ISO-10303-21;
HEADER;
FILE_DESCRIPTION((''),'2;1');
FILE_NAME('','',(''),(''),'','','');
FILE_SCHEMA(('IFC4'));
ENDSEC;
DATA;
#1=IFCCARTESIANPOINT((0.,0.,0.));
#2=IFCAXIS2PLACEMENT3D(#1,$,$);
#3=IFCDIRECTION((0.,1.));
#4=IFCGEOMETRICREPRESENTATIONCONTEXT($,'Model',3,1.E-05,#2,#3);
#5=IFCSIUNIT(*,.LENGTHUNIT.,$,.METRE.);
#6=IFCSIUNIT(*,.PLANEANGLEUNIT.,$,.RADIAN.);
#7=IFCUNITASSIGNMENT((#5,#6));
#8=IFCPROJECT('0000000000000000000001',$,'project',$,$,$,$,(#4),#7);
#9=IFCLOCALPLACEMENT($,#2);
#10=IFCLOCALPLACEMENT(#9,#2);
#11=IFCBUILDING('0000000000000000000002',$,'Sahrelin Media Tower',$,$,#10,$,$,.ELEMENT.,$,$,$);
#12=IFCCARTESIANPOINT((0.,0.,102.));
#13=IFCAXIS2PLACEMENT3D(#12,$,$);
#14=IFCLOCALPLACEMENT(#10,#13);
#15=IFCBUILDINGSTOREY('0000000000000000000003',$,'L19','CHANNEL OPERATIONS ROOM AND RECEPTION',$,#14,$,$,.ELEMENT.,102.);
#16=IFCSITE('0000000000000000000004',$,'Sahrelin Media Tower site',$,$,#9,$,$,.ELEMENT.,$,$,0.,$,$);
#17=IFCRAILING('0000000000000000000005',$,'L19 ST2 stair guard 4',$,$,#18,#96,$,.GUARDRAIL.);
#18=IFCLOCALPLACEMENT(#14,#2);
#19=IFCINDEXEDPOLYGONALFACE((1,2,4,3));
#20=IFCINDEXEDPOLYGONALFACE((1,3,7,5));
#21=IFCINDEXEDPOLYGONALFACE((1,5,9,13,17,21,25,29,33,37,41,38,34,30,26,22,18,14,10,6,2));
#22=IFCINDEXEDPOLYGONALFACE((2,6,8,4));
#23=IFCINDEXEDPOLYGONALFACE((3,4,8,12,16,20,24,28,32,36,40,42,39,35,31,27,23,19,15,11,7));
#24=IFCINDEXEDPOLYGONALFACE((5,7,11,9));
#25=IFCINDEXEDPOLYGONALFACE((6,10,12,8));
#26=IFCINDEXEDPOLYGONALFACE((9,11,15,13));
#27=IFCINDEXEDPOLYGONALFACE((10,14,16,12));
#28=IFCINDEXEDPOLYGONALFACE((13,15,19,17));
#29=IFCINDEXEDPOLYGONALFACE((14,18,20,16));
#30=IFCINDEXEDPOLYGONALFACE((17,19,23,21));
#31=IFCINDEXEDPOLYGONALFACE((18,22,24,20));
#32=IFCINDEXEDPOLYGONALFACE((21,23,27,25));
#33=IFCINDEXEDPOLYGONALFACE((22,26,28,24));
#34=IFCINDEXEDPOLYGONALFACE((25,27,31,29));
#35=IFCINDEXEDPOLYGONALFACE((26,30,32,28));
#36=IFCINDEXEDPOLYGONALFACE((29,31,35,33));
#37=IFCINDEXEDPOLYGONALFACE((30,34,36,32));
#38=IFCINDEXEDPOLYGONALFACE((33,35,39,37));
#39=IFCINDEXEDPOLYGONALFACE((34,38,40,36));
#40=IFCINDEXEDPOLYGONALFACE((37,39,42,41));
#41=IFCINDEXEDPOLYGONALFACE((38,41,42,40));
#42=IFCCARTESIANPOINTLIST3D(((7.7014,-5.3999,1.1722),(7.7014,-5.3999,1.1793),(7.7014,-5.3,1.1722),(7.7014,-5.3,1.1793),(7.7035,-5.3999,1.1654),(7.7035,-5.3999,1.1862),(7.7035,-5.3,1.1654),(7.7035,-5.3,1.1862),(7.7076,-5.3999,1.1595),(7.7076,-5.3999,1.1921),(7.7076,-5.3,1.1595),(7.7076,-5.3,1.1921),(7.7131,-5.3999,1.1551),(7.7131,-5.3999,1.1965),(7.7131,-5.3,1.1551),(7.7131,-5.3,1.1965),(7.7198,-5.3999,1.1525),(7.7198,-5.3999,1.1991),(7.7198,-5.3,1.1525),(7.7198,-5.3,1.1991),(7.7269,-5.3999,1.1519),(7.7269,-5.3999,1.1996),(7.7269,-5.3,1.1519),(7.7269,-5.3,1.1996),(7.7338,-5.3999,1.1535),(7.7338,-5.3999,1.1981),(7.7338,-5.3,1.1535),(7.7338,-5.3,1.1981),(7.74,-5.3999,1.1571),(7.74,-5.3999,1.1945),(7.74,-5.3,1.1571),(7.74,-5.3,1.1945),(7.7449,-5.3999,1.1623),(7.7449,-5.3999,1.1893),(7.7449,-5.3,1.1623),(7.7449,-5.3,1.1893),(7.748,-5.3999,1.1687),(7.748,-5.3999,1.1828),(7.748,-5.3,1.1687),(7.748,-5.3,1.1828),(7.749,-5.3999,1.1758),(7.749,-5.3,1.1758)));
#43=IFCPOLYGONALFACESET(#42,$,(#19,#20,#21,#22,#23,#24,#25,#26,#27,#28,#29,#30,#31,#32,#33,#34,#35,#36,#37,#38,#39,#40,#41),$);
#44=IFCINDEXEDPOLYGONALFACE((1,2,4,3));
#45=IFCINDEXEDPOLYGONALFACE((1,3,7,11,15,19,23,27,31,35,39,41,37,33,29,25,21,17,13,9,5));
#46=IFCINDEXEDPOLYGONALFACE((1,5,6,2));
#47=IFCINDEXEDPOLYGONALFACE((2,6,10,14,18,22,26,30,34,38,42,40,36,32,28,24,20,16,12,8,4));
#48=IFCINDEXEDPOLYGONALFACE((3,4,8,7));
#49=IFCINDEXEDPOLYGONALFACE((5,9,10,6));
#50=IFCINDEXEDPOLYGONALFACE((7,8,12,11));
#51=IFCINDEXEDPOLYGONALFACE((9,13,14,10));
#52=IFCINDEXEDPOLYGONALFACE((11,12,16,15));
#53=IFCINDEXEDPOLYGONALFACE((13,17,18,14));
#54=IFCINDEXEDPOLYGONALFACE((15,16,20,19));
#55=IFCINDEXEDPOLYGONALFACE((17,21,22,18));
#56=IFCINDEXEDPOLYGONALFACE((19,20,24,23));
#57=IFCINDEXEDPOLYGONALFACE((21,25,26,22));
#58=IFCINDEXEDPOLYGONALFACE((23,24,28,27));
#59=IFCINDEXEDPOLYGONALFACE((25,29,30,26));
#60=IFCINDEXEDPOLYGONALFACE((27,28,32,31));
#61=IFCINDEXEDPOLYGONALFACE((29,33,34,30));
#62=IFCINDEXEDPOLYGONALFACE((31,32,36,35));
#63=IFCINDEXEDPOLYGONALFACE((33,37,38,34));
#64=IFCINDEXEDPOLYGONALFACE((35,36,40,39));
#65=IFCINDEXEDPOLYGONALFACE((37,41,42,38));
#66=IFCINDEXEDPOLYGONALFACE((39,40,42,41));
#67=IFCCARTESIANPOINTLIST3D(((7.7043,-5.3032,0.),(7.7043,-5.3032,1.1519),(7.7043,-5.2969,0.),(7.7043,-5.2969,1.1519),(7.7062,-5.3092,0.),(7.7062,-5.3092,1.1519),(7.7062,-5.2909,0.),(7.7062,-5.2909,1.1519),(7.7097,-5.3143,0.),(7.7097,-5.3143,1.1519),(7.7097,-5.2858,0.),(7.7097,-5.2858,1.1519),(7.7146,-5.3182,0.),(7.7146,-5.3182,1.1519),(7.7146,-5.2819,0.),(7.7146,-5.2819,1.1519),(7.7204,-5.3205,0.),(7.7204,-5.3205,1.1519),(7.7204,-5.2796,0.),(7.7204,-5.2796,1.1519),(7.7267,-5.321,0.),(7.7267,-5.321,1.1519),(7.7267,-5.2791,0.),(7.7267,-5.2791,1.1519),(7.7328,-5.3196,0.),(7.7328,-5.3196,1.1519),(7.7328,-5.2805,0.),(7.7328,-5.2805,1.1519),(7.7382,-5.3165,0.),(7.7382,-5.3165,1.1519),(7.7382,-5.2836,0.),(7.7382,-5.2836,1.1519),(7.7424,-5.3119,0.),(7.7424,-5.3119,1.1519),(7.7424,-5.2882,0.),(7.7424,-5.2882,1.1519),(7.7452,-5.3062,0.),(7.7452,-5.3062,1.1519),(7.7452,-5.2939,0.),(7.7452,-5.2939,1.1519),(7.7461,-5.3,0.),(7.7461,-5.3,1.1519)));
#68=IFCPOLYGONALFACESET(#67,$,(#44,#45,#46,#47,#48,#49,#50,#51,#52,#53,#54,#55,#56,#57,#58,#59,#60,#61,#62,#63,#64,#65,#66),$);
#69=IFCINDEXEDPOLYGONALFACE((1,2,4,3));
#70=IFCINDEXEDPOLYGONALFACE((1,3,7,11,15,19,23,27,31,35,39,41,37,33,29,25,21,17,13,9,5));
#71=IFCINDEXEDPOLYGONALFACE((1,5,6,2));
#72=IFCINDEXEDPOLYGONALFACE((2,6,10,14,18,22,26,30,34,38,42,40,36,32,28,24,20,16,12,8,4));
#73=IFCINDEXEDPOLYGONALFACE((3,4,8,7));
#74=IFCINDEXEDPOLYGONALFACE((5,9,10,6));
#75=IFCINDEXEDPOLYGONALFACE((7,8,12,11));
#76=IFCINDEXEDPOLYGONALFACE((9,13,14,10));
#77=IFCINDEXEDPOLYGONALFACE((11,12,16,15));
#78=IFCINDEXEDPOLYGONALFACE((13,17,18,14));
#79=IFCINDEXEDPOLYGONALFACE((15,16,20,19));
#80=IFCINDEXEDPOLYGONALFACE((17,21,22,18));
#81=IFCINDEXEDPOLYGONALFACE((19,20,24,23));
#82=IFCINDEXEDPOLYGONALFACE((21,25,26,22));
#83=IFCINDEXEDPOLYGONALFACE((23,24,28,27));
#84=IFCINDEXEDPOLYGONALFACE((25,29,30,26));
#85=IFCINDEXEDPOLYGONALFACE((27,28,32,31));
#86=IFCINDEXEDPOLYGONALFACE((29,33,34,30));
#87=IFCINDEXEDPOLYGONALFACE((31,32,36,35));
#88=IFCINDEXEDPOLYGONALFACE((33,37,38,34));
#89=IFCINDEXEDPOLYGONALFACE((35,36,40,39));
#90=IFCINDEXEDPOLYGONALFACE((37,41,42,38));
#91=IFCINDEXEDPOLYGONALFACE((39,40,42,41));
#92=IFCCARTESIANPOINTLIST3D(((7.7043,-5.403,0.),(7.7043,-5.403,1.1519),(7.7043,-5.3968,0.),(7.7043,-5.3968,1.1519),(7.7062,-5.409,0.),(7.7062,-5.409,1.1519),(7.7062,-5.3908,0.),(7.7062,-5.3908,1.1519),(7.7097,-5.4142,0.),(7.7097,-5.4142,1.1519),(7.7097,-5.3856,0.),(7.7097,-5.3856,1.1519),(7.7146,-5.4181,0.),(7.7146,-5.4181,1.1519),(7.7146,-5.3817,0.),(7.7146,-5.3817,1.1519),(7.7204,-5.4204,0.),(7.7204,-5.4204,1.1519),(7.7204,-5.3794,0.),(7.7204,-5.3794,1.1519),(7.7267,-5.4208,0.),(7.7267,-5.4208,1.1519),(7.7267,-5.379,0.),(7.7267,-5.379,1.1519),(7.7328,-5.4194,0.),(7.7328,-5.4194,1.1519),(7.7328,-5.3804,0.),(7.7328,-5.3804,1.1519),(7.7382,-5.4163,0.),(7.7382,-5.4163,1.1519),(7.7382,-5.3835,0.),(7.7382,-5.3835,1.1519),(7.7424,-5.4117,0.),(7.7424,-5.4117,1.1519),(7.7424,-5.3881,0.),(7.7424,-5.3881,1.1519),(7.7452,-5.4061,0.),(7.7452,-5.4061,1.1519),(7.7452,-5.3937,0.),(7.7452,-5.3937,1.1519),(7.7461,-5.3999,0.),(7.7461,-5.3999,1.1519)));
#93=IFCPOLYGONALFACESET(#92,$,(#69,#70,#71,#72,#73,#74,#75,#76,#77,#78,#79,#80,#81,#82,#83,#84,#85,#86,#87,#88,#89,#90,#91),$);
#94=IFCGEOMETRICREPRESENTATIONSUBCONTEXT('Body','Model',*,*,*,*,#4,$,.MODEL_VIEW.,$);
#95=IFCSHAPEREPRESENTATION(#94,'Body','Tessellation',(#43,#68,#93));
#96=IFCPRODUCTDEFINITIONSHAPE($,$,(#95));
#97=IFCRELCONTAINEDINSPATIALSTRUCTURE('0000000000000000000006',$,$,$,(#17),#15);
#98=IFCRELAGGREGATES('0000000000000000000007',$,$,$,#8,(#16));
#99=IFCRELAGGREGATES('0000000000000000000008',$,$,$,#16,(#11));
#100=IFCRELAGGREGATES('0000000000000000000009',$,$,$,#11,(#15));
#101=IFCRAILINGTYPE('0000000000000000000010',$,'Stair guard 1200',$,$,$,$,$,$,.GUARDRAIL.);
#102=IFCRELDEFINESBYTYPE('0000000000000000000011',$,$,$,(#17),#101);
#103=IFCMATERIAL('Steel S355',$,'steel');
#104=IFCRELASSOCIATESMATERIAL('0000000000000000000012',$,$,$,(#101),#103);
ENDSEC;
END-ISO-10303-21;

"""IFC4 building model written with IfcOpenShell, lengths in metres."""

from ifc_helpers import new_model, si_unit, direction, frame, origin, origin_2d, place, context, subcontext, project, spatial, circle, extrude, material, type_object, element, save


model = new_model("IFC4")

# Units and contexts
model_context = context("Model", 3, precision=1e-05, world=origin(), true_north=direction((0.0, 1.0)))
body_context = subcontext(model_context, "Body", "Model", "MODEL_VIEW")
ifc_project = project(units=[si_unit("LENGTHUNIT", "METRE"), si_unit("PLANEANGLEUNIT", "RADIAN")], contexts=[model_context])

# Site, building, storey
site_placement = place(None, origin())
site = spatial("IfcSite", under=ifc_project, at=site_placement, Name="Sahrelin Media Tower site", CompositionType="ELEMENT", RefElevation=0.0)
building_placement = place(site_placement, origin())
building = spatial("IfcBuilding", under=site, at=building_placement, Name="Sahrelin Media Tower", CompositionType="ELEMENT")
storey_placement = place(building_placement, frame((0.0, 0.0, 102.0)))
storey = spatial("IfcBuildingStorey", under=building, at=storey_placement, Name="L19", Description="CHANNEL OPERATIONS ROOM AND RECEPTION", CompositionType="ELEMENT", Elevation=102.0)

# Shared definitions
ifc_material_1 = material(Name="Steel S355", Category="steel")

# Railing
railing_type_1 = type_object("IfcRailingType", Name="Stair guard 1200", PredefinedType="GUARDRAIL", material=ifc_material_1)
railing_1_placement = place(storey_placement, frame((7.7251, -5.3, 0.0)))
element("IfcRailing", 1, at=railing_1_placement, inside=storey, type_object=railing_type_1, Name="L19 ST2 stair guard 4", PredefinedType="GUARDRAIL", context=body_context, shape_type="SweptSolid", body=[
    extrude(circle(Radius=0.0239, at=origin_2d()), frame((0.0, 0.0, 1.1758), z_axis=(0.0, -1.0, 0.0), x_axis=(1.0, 0.0, 0.0)), (0.0, 0.0, 1.0), 0.0999),
    extrude(circle(Radius=0.021, at=origin_2d()), origin(), (0.0, 0.0, 1.0), 1.1519),
    extrude(circle(Radius=0.021, at=origin_2d()), frame((0.0, -0.0999, 0.0)), (0.0, 0.0, 1.0), 1.1519),
])

save(model, "model.ifc")
